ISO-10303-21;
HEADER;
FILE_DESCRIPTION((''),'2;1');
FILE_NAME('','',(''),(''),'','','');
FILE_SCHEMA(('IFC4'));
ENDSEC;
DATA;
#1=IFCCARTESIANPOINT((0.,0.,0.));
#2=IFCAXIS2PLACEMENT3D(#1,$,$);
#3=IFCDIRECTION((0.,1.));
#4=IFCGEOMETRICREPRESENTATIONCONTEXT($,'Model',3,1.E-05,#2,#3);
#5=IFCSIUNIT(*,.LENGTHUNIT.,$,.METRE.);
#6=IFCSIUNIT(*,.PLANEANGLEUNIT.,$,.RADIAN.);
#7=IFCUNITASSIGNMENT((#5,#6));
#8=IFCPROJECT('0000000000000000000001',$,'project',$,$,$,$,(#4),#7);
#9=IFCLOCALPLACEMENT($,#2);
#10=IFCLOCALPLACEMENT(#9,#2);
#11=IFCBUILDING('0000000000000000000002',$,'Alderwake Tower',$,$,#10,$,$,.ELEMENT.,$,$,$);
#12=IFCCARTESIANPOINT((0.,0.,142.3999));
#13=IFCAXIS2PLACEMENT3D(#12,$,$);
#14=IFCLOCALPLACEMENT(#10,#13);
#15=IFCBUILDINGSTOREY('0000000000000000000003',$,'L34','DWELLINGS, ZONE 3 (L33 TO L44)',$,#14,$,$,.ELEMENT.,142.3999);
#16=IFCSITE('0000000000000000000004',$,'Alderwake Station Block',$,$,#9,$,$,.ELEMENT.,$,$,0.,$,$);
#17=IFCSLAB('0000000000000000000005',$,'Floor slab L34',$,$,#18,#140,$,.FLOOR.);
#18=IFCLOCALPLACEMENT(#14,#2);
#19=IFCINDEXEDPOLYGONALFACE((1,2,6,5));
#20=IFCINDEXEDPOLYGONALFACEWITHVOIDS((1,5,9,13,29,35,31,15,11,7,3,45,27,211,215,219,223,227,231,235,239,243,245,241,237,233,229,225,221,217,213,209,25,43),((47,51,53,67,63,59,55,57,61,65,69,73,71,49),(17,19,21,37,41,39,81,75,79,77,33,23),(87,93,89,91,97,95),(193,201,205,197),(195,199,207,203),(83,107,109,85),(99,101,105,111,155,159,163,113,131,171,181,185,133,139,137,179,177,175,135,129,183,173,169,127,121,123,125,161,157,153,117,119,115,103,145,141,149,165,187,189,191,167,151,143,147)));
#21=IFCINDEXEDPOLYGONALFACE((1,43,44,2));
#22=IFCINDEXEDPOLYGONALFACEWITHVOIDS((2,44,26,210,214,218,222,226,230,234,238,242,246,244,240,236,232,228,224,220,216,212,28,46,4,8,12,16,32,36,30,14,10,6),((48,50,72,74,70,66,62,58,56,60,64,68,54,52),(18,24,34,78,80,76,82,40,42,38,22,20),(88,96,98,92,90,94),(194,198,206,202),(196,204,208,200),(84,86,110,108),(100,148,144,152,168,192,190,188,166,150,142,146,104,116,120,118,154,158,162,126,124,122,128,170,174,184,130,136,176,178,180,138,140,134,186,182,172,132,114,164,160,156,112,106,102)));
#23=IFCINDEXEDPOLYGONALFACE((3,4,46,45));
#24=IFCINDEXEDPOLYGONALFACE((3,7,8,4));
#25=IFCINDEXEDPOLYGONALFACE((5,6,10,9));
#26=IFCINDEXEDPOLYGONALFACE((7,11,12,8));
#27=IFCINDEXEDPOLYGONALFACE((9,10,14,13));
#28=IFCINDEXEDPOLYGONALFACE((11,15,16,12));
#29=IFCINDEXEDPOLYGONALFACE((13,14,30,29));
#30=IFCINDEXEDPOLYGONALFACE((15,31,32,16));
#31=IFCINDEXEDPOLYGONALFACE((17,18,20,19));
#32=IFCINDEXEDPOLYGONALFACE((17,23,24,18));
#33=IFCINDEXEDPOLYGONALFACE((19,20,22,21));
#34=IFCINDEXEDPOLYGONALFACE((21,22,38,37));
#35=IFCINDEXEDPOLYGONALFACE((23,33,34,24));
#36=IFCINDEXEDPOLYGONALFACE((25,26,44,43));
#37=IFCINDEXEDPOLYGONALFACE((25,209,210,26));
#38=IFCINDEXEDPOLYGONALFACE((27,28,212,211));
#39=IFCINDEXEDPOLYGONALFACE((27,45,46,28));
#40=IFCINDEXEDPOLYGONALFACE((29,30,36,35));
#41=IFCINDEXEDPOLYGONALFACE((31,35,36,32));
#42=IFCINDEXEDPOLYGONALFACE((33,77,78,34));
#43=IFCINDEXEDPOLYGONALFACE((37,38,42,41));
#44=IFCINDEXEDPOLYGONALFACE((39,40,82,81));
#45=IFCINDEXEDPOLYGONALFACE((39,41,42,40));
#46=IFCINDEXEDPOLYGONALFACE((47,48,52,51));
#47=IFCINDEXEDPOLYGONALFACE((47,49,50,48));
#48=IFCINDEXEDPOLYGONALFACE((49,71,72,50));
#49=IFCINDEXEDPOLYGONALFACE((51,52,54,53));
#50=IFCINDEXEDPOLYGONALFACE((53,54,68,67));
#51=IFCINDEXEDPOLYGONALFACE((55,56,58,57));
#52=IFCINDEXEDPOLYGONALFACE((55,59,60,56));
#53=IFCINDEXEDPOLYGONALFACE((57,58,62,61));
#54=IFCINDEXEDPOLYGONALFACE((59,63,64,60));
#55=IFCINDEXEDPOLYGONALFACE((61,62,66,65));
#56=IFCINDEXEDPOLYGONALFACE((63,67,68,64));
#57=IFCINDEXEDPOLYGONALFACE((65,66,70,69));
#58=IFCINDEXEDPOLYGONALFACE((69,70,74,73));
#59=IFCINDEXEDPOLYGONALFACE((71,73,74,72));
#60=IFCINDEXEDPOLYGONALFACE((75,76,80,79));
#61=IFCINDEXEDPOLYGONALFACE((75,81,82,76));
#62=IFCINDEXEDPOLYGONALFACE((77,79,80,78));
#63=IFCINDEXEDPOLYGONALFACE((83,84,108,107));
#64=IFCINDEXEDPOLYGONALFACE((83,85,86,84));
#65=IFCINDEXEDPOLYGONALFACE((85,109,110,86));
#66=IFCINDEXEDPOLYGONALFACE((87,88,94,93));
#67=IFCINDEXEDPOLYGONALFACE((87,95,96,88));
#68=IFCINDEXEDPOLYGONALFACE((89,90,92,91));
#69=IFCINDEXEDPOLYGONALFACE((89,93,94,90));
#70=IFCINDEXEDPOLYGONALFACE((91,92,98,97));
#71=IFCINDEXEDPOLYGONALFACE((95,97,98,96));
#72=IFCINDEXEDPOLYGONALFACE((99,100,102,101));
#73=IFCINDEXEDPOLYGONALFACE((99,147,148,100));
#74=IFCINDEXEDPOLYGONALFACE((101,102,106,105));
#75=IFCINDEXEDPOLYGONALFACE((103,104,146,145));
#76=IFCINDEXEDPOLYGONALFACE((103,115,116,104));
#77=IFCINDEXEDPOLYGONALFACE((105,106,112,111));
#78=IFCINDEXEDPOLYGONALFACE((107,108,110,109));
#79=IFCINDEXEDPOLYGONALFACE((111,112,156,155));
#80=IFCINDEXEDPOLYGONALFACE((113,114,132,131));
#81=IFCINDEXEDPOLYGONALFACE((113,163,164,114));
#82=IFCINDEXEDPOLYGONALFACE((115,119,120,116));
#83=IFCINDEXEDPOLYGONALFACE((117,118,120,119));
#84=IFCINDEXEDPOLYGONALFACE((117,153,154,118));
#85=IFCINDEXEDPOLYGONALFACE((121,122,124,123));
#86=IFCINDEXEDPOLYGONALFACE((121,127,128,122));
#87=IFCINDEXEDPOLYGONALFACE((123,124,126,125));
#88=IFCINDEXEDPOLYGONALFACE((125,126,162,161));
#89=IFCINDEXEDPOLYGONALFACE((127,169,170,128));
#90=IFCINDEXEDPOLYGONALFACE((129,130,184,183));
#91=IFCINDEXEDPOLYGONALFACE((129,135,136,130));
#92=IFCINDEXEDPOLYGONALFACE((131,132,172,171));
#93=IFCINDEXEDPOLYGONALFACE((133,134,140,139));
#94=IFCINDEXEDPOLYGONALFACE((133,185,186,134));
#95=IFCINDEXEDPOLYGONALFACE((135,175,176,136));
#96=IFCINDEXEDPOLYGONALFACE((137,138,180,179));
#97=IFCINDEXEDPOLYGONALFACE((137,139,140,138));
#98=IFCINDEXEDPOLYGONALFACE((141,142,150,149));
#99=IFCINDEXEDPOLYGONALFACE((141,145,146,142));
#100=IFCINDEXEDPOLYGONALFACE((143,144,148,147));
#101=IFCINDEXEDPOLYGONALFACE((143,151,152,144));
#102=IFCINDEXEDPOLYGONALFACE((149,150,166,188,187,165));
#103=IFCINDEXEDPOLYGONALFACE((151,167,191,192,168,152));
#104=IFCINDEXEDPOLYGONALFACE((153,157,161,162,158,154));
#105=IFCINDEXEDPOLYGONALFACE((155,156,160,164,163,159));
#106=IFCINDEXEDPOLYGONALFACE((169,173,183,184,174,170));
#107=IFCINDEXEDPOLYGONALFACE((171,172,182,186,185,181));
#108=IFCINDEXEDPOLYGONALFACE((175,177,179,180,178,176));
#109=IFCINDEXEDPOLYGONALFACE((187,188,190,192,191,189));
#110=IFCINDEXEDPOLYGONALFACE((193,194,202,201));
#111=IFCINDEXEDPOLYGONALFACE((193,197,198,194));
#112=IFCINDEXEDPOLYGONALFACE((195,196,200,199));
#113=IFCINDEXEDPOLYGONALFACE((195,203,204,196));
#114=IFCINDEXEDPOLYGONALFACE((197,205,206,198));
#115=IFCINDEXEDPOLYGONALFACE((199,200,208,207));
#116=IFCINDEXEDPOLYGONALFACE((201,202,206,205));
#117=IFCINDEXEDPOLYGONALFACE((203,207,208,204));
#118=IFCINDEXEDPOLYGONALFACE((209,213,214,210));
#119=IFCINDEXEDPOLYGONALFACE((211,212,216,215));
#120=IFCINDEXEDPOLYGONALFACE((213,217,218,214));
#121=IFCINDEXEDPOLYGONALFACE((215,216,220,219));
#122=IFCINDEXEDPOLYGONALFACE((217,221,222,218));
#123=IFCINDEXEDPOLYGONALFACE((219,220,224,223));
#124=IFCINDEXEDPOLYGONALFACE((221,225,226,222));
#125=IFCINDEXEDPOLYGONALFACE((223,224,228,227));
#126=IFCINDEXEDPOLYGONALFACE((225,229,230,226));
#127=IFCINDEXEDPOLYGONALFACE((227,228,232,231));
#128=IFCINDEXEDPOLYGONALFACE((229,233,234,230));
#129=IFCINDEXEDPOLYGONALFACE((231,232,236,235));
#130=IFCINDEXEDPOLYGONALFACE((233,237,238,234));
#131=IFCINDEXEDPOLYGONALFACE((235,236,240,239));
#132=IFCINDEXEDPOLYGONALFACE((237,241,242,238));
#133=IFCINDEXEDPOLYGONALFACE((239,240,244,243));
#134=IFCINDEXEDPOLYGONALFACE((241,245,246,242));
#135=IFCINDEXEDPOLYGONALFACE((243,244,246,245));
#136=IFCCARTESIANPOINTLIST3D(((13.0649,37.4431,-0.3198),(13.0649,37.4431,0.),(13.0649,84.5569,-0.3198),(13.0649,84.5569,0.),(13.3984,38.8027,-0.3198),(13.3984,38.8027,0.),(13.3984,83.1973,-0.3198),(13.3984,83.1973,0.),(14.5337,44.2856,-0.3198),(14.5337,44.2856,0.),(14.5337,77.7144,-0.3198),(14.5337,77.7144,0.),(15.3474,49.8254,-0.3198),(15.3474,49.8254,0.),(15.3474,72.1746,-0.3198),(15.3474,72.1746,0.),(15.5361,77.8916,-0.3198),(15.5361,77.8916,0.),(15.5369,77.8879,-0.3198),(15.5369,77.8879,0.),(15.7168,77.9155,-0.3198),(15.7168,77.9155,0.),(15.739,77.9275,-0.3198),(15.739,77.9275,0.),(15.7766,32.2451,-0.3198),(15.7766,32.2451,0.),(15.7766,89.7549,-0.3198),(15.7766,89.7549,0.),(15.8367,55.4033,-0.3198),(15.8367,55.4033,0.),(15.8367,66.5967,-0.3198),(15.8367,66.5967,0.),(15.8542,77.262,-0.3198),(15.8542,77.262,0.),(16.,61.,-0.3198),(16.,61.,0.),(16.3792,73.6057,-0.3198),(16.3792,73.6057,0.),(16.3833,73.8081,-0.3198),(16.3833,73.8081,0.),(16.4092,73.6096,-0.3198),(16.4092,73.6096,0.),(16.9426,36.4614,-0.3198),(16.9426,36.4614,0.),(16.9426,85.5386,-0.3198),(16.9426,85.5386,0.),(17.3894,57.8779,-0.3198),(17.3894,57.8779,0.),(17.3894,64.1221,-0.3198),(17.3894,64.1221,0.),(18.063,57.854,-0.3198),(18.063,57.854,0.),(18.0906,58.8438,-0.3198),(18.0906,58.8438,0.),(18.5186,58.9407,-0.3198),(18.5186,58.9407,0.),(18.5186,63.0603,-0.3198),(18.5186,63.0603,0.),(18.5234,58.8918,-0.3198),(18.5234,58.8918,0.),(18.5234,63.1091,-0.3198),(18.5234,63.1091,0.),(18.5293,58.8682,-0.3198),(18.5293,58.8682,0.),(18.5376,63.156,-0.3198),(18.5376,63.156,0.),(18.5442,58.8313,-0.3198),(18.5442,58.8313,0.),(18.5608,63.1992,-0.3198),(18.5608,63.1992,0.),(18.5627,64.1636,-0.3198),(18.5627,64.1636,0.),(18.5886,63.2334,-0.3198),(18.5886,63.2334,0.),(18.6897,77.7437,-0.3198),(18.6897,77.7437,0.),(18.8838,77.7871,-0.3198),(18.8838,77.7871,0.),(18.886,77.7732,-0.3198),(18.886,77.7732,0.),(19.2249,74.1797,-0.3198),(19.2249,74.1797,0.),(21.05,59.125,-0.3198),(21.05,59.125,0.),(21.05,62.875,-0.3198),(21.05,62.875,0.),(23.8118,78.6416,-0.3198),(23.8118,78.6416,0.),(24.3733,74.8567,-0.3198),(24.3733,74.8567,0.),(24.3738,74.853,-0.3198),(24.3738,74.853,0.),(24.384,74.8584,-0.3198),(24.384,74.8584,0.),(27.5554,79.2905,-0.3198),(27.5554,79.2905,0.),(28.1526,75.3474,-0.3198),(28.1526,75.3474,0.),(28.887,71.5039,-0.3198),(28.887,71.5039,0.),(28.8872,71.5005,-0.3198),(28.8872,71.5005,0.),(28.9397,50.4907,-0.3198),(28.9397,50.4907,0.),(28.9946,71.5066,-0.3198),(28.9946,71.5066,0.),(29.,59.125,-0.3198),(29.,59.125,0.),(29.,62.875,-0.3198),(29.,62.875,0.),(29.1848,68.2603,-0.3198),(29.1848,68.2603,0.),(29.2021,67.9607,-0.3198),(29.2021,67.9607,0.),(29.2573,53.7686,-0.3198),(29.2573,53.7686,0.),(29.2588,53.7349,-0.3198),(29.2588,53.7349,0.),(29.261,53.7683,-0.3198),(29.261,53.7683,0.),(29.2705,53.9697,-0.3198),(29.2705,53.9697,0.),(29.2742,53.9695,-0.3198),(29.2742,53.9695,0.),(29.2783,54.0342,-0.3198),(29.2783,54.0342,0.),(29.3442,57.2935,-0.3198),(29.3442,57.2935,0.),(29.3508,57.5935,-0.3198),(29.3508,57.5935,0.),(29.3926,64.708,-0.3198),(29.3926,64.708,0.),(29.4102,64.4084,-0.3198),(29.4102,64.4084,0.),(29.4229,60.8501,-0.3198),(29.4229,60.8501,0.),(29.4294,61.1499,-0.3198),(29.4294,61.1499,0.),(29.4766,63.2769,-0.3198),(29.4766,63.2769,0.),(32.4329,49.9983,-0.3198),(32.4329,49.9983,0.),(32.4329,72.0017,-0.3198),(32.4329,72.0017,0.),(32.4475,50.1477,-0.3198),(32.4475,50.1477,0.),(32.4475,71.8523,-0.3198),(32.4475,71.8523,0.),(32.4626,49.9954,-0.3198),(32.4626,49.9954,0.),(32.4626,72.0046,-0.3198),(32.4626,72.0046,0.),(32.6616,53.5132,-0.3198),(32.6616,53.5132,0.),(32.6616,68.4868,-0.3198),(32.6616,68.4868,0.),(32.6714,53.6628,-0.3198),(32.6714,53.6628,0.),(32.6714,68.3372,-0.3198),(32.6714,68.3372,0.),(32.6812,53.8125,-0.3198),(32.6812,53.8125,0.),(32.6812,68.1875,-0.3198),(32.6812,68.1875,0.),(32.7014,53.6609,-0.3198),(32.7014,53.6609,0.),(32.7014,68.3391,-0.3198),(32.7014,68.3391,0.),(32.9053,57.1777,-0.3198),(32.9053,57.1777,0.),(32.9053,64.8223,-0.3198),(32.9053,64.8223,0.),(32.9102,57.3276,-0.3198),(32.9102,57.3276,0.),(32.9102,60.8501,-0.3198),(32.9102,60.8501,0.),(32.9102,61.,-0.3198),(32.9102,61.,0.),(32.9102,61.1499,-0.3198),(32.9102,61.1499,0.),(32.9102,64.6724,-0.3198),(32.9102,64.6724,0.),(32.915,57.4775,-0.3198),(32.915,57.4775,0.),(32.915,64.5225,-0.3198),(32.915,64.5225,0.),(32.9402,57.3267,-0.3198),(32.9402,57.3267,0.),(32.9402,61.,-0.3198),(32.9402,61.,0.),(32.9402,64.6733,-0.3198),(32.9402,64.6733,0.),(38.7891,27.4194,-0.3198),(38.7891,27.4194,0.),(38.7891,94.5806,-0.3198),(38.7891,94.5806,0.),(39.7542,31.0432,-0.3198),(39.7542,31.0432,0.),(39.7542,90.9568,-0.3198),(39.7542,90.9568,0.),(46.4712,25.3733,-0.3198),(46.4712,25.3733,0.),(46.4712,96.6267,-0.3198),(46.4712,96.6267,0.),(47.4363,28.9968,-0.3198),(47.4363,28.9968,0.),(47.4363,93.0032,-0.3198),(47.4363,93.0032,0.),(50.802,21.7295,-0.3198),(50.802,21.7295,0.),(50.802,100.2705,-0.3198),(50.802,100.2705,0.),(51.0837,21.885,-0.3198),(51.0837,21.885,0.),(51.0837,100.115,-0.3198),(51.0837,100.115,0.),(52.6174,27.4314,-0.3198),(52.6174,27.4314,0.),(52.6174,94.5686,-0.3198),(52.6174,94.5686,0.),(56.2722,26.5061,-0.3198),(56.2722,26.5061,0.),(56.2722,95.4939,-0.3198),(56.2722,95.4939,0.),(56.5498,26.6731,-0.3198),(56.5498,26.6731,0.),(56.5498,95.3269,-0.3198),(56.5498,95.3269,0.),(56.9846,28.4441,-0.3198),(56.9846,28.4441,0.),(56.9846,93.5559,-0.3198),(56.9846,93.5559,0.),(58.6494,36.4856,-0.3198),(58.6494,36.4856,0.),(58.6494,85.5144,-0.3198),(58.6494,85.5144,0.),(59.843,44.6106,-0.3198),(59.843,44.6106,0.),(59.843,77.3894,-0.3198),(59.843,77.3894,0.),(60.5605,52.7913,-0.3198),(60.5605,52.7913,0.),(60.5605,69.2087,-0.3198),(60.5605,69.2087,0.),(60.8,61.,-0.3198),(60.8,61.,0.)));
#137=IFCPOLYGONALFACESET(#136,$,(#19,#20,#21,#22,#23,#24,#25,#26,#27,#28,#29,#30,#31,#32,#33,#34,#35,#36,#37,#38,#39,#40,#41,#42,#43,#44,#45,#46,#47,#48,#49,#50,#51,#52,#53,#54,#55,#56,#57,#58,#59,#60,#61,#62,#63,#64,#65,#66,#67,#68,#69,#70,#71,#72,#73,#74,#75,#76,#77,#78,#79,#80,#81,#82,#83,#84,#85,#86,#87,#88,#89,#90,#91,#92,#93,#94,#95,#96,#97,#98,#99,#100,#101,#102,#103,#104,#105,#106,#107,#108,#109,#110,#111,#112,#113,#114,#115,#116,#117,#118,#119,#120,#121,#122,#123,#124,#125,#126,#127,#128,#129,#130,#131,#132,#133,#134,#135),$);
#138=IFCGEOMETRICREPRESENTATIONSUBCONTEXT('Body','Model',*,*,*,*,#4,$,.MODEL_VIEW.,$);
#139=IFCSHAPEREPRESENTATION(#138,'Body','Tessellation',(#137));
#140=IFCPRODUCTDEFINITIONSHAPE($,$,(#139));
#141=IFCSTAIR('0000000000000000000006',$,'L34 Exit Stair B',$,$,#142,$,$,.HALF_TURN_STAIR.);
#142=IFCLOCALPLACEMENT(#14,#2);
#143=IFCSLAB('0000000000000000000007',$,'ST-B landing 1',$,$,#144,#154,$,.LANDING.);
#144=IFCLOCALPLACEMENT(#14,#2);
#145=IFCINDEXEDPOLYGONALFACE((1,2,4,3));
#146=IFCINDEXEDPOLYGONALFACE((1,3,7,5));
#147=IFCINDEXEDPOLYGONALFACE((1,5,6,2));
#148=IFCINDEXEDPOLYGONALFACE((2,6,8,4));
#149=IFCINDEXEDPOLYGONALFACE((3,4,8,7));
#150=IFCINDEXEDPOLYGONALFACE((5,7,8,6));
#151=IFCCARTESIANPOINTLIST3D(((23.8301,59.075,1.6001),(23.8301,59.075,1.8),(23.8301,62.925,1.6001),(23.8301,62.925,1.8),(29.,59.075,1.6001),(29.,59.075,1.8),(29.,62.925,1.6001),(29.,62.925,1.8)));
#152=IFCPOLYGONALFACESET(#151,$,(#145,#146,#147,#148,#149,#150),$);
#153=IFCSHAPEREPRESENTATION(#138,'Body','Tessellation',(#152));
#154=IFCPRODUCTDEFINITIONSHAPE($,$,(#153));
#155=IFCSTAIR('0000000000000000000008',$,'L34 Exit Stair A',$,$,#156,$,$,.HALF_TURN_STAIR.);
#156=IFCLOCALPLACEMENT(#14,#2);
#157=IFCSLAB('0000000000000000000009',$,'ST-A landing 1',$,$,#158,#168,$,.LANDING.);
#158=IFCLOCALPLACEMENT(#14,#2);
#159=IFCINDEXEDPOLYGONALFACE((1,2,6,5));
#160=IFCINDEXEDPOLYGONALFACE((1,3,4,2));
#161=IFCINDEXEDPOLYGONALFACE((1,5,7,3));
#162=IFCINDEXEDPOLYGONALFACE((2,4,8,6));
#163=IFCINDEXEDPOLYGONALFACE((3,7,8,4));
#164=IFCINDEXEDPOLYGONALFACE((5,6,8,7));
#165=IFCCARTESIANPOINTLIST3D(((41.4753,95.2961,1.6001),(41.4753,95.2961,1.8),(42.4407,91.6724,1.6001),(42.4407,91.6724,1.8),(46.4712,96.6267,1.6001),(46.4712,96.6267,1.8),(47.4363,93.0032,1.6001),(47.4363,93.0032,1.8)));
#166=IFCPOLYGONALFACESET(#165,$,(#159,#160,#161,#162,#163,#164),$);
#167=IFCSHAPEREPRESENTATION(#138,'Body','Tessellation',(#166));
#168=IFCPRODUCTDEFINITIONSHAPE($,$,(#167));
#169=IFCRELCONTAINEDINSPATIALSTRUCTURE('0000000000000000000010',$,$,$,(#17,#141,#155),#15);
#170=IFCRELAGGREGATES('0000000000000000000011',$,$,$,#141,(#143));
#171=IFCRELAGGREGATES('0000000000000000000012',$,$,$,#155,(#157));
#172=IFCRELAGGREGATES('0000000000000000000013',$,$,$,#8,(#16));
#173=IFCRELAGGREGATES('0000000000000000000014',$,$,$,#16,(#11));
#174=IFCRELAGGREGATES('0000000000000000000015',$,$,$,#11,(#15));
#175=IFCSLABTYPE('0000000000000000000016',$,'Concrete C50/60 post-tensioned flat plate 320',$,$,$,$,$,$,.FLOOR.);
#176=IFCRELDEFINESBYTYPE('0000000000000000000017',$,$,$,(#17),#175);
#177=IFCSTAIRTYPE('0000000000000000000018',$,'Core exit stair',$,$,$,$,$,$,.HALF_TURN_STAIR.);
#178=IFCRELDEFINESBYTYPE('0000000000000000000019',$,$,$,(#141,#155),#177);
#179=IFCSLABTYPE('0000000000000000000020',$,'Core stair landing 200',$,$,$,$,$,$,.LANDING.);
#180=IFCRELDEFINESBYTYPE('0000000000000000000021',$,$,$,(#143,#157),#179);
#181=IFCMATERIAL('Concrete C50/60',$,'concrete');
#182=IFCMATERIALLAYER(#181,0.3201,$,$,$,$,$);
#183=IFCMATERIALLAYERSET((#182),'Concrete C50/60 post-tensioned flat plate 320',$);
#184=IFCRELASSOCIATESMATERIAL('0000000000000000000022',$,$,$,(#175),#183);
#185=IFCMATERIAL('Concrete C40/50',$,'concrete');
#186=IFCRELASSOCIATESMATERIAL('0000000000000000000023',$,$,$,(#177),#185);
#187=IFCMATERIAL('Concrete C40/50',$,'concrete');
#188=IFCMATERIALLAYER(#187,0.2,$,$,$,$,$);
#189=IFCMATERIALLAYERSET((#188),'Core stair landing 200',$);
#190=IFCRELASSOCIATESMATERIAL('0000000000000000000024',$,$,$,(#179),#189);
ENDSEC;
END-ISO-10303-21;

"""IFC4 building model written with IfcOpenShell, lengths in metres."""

from ifc_helpers import new_model, si_unit, direction, frame, origin, place, context, subcontext, project, spatial, polyline, outline, extrude, material, layer, layer_set, type_object, element, aggregate, save


model = new_model("IFC4")

# Units and contexts
model_context = context("Model", 3, precision=1e-05, world=origin(), true_north=direction((0.0, 1.0)))
body_context = subcontext(model_context, "Body", "Model", "MODEL_VIEW")
ifc_project = project(units=[si_unit("LENGTHUNIT", "METRE"), si_unit("PLANEANGLEUNIT", "RADIAN")], contexts=[model_context])

# Site, building, storey
site_placement = place(None, origin())
site = spatial("IfcSite", under=ifc_project, at=site_placement, Name="Alderwake Station Block", CompositionType="ELEMENT", RefElevation=0.0)
building_placement = place(site_placement, origin())
building = spatial("IfcBuilding", under=site, at=building_placement, Name="Alderwake Tower", CompositionType="ELEMENT")
storey_placement = place(building_placement, frame((0.0, 0.0, 142.3999)))
storey = spatial("IfcBuildingStorey", under=building, at=storey_placement, Name="L34", Description="DWELLINGS, ZONE 3 (L33 TO L44)", CompositionType="ELEMENT", Elevation=142.3999)

# Slab
ifc_material_1 = material(Name="Concrete C50/60", Category="concrete")
ifc_layer_1 = layer(ifc_material_1, 0.3201)
ifc_layer_set_1 = layer_set([ifc_layer_1], Name="Concrete C50/60 post-tensioned flat plate 320")
slab_type_1 = type_object("IfcSlabType", Name="Concrete C50/60 post-tensioned flat plate 320", PredefinedType="FLOOR", material=ifc_layer_set_1)
slab_1_placement = place(storey_placement, frame((0.0, 0.0, -0.3198)))
element("IfcSlab", 1, at=slab_1_placement, inside=storey, type_object=slab_type_1, Name="Floor slab L34", PredefinedType="FLOOR", context=body_context, shape_type="SweptSolid", body=[
    extrude(outline(polyline([(13.0649, 37.4431), (13.3984, 38.8027), (14.5337, 44.2856), (15.3474, 49.8254), (15.8367, 55.4033), (16.0, 61.0), (15.8367, 66.5967), (15.3474, 72.1746), (14.5337, 77.7144), (13.3984, 83.1973), (13.0649, 84.5569), (16.9426, 85.5386), (15.7766, 89.7549), (50.802, 100.2705), (51.0837, 100.115), (52.6174, 94.5686), (56.2722, 95.4939), (56.5498, 95.3269), (56.9846, 93.5559), (58.6494, 85.5144), (59.843, 77.3894), (60.5605, 69.2087), (60.8, 61.0), (60.5605, 52.7913), (59.843, 44.6106), (58.6494, 36.4856), (56.9846, 28.4441), (56.5498, 26.6731), (56.2722, 26.5061), (52.6174, 27.4314), (51.0837, 21.885), (50.802, 21.7295), (15.7766, 32.2451), (16.9426, 36.4614), (13.0649, 37.4431)]), holes=[polyline([(29.2573, 53.7686), (28.9397, 50.4907), (32.4475, 50.1477), (32.4329, 49.9983), (32.4626, 49.9954), (32.7014, 53.6609), (32.9402, 57.3267), (32.9402, 61.0), (32.9402, 64.6733), (32.7014, 68.3391), (32.4626, 72.0046), (32.4329, 72.0017), (32.4475, 71.8523), (28.887, 71.5039), (28.8872, 71.5005), (28.9946, 71.5066), (29.1848, 68.2603), (32.6616, 68.4868), (32.6714, 68.3372), (32.6812, 68.1875), (29.2021, 67.9607), (29.3926, 64.708), (32.9053, 64.8223), (32.9102, 64.6724), (32.915, 64.5225), (29.4102, 64.4084), (29.4766, 63.2769), (29.4294, 61.1499), (32.9102, 61.1499), (32.9102, 61.0), (32.9102, 60.8501), (29.4229, 60.8501), (29.3508, 57.5935), (32.915, 57.4775), (32.9102, 57.3276), (32.9053, 57.1777), (29.3442, 57.2935), (29.2705, 53.9697), (29.2742, 53.9695), (29.2783, 54.0342), (32.6812, 53.8125), (32.6714, 53.6628), (32.6616, 53.5132), (29.2588, 53.7349), (29.261, 53.7683), (29.2573, 53.7686)]), polyline([(21.05, 62.875), (21.05, 59.125), (29.0, 59.125), (29.0, 62.875), (21.05, 62.875)]), polyline([(15.739, 77.9275), (15.5361, 77.8916), (15.5369, 77.8879), (15.7168, 77.9155), (16.3792, 73.6057), (16.4092, 73.6096), (16.3833, 73.8081), (19.2249, 74.1797), (18.6897, 77.7437), (18.886, 77.7732), (18.8838, 77.7871), (15.8542, 77.262), (15.739, 77.9275)]), polyline([(27.5554, 79.2905), (23.8118, 78.6416), (24.384, 74.8584), (24.3733, 74.8567), (24.3738, 74.853), (28.1526, 75.3474), (27.5554, 79.2905)]), polyline([(47.4363, 28.9968), (39.7542, 31.0432), (38.7891, 27.4194), (46.4712, 25.3733), (47.4363, 28.9968)]), polyline([(46.4712, 96.6267), (38.7891, 94.5806), (39.7542, 90.9568), (47.4363, 93.0032), (46.4712, 96.6267)]), polyline([(17.3894, 64.1221), (17.3894, 57.8779), (18.063, 57.854), (18.0906, 58.8438), (18.5442, 58.8313), (18.5293, 58.8682), (18.5234, 58.8918), (18.5186, 58.9407), (18.5186, 63.0603), (18.5234, 63.1091), (18.5376, 63.156), (18.5608, 63.1992), (18.5886, 63.2334), (18.5627, 64.1636), (17.3894, 64.1221)])]), origin(), (0.0, 0.0, 1.0), 0.3198),
])

# Stairs, slabs
ifc_material_2 = material(Name="Concrete C40/50", Category="concrete")
stair_type = type_object("IfcStairType", Name="Core exit stair", PredefinedType="HALF_TURN_STAIR", material=ifc_material_2)
stair_1_placement = place(storey_placement, origin())
stair_1 = element("IfcStair", 2, at=stair_1_placement, inside=storey, type_object=stair_type, Name="L34 Exit Stair B", PredefinedType="HALF_TURN_STAIR")
ifc_material_3 = material(Name="Concrete C40/50", Category="concrete")
ifc_layer_2 = layer(ifc_material_3, 0.2)
ifc_layer_set_2 = layer_set([ifc_layer_2], Name="Core stair landing 200")
slab_type_2 = type_object("IfcSlabType", Name="Core stair landing 200", PredefinedType="LANDING", material=ifc_layer_set_2)
slab_2_placement = place(storey_placement, frame((0.0, 0.0, 1.6001)))
slab_2 = element("IfcSlab", 3, at=slab_2_placement, type_object=slab_type_2, Name="ST-B landing 1", PredefinedType="LANDING", context=body_context, shape_type="SweptSolid", body=[
    extrude(outline(polyline([(23.8301, 59.075), (29.0, 59.075), (29.0, 62.925), (23.8301, 62.925), (23.8301, 59.075)])), origin(), (0.0, 0.0, 1.0), 0.2),
])
aggregate(stair_1, [slab_2])
stair_2_placement = place(storey_placement, origin())
stair_2 = element("IfcStair", 4, at=stair_2_placement, inside=storey, type_object=stair_type, Name="L34 Exit Stair A", PredefinedType="HALF_TURN_STAIR")
slab_3_placement = place(storey_placement, frame((0.0, 0.0, 1.6001)))
slab_3 = element("IfcSlab", 5, at=slab_3_placement, type_object=slab_type_2, Name="ST-A landing 1", PredefinedType="LANDING", context=body_context, shape_type="SweptSolid", body=[
    extrude(outline(polyline([(42.4407, 91.6724), (47.4363, 93.0032), (46.4712, 96.6267), (41.4753, 95.2961), (42.4407, 91.6724)])), origin(), (0.0, 0.0, 1.0), 0.2),
])
aggregate(stair_2, [slab_3])

save(model, "model.ifc")
